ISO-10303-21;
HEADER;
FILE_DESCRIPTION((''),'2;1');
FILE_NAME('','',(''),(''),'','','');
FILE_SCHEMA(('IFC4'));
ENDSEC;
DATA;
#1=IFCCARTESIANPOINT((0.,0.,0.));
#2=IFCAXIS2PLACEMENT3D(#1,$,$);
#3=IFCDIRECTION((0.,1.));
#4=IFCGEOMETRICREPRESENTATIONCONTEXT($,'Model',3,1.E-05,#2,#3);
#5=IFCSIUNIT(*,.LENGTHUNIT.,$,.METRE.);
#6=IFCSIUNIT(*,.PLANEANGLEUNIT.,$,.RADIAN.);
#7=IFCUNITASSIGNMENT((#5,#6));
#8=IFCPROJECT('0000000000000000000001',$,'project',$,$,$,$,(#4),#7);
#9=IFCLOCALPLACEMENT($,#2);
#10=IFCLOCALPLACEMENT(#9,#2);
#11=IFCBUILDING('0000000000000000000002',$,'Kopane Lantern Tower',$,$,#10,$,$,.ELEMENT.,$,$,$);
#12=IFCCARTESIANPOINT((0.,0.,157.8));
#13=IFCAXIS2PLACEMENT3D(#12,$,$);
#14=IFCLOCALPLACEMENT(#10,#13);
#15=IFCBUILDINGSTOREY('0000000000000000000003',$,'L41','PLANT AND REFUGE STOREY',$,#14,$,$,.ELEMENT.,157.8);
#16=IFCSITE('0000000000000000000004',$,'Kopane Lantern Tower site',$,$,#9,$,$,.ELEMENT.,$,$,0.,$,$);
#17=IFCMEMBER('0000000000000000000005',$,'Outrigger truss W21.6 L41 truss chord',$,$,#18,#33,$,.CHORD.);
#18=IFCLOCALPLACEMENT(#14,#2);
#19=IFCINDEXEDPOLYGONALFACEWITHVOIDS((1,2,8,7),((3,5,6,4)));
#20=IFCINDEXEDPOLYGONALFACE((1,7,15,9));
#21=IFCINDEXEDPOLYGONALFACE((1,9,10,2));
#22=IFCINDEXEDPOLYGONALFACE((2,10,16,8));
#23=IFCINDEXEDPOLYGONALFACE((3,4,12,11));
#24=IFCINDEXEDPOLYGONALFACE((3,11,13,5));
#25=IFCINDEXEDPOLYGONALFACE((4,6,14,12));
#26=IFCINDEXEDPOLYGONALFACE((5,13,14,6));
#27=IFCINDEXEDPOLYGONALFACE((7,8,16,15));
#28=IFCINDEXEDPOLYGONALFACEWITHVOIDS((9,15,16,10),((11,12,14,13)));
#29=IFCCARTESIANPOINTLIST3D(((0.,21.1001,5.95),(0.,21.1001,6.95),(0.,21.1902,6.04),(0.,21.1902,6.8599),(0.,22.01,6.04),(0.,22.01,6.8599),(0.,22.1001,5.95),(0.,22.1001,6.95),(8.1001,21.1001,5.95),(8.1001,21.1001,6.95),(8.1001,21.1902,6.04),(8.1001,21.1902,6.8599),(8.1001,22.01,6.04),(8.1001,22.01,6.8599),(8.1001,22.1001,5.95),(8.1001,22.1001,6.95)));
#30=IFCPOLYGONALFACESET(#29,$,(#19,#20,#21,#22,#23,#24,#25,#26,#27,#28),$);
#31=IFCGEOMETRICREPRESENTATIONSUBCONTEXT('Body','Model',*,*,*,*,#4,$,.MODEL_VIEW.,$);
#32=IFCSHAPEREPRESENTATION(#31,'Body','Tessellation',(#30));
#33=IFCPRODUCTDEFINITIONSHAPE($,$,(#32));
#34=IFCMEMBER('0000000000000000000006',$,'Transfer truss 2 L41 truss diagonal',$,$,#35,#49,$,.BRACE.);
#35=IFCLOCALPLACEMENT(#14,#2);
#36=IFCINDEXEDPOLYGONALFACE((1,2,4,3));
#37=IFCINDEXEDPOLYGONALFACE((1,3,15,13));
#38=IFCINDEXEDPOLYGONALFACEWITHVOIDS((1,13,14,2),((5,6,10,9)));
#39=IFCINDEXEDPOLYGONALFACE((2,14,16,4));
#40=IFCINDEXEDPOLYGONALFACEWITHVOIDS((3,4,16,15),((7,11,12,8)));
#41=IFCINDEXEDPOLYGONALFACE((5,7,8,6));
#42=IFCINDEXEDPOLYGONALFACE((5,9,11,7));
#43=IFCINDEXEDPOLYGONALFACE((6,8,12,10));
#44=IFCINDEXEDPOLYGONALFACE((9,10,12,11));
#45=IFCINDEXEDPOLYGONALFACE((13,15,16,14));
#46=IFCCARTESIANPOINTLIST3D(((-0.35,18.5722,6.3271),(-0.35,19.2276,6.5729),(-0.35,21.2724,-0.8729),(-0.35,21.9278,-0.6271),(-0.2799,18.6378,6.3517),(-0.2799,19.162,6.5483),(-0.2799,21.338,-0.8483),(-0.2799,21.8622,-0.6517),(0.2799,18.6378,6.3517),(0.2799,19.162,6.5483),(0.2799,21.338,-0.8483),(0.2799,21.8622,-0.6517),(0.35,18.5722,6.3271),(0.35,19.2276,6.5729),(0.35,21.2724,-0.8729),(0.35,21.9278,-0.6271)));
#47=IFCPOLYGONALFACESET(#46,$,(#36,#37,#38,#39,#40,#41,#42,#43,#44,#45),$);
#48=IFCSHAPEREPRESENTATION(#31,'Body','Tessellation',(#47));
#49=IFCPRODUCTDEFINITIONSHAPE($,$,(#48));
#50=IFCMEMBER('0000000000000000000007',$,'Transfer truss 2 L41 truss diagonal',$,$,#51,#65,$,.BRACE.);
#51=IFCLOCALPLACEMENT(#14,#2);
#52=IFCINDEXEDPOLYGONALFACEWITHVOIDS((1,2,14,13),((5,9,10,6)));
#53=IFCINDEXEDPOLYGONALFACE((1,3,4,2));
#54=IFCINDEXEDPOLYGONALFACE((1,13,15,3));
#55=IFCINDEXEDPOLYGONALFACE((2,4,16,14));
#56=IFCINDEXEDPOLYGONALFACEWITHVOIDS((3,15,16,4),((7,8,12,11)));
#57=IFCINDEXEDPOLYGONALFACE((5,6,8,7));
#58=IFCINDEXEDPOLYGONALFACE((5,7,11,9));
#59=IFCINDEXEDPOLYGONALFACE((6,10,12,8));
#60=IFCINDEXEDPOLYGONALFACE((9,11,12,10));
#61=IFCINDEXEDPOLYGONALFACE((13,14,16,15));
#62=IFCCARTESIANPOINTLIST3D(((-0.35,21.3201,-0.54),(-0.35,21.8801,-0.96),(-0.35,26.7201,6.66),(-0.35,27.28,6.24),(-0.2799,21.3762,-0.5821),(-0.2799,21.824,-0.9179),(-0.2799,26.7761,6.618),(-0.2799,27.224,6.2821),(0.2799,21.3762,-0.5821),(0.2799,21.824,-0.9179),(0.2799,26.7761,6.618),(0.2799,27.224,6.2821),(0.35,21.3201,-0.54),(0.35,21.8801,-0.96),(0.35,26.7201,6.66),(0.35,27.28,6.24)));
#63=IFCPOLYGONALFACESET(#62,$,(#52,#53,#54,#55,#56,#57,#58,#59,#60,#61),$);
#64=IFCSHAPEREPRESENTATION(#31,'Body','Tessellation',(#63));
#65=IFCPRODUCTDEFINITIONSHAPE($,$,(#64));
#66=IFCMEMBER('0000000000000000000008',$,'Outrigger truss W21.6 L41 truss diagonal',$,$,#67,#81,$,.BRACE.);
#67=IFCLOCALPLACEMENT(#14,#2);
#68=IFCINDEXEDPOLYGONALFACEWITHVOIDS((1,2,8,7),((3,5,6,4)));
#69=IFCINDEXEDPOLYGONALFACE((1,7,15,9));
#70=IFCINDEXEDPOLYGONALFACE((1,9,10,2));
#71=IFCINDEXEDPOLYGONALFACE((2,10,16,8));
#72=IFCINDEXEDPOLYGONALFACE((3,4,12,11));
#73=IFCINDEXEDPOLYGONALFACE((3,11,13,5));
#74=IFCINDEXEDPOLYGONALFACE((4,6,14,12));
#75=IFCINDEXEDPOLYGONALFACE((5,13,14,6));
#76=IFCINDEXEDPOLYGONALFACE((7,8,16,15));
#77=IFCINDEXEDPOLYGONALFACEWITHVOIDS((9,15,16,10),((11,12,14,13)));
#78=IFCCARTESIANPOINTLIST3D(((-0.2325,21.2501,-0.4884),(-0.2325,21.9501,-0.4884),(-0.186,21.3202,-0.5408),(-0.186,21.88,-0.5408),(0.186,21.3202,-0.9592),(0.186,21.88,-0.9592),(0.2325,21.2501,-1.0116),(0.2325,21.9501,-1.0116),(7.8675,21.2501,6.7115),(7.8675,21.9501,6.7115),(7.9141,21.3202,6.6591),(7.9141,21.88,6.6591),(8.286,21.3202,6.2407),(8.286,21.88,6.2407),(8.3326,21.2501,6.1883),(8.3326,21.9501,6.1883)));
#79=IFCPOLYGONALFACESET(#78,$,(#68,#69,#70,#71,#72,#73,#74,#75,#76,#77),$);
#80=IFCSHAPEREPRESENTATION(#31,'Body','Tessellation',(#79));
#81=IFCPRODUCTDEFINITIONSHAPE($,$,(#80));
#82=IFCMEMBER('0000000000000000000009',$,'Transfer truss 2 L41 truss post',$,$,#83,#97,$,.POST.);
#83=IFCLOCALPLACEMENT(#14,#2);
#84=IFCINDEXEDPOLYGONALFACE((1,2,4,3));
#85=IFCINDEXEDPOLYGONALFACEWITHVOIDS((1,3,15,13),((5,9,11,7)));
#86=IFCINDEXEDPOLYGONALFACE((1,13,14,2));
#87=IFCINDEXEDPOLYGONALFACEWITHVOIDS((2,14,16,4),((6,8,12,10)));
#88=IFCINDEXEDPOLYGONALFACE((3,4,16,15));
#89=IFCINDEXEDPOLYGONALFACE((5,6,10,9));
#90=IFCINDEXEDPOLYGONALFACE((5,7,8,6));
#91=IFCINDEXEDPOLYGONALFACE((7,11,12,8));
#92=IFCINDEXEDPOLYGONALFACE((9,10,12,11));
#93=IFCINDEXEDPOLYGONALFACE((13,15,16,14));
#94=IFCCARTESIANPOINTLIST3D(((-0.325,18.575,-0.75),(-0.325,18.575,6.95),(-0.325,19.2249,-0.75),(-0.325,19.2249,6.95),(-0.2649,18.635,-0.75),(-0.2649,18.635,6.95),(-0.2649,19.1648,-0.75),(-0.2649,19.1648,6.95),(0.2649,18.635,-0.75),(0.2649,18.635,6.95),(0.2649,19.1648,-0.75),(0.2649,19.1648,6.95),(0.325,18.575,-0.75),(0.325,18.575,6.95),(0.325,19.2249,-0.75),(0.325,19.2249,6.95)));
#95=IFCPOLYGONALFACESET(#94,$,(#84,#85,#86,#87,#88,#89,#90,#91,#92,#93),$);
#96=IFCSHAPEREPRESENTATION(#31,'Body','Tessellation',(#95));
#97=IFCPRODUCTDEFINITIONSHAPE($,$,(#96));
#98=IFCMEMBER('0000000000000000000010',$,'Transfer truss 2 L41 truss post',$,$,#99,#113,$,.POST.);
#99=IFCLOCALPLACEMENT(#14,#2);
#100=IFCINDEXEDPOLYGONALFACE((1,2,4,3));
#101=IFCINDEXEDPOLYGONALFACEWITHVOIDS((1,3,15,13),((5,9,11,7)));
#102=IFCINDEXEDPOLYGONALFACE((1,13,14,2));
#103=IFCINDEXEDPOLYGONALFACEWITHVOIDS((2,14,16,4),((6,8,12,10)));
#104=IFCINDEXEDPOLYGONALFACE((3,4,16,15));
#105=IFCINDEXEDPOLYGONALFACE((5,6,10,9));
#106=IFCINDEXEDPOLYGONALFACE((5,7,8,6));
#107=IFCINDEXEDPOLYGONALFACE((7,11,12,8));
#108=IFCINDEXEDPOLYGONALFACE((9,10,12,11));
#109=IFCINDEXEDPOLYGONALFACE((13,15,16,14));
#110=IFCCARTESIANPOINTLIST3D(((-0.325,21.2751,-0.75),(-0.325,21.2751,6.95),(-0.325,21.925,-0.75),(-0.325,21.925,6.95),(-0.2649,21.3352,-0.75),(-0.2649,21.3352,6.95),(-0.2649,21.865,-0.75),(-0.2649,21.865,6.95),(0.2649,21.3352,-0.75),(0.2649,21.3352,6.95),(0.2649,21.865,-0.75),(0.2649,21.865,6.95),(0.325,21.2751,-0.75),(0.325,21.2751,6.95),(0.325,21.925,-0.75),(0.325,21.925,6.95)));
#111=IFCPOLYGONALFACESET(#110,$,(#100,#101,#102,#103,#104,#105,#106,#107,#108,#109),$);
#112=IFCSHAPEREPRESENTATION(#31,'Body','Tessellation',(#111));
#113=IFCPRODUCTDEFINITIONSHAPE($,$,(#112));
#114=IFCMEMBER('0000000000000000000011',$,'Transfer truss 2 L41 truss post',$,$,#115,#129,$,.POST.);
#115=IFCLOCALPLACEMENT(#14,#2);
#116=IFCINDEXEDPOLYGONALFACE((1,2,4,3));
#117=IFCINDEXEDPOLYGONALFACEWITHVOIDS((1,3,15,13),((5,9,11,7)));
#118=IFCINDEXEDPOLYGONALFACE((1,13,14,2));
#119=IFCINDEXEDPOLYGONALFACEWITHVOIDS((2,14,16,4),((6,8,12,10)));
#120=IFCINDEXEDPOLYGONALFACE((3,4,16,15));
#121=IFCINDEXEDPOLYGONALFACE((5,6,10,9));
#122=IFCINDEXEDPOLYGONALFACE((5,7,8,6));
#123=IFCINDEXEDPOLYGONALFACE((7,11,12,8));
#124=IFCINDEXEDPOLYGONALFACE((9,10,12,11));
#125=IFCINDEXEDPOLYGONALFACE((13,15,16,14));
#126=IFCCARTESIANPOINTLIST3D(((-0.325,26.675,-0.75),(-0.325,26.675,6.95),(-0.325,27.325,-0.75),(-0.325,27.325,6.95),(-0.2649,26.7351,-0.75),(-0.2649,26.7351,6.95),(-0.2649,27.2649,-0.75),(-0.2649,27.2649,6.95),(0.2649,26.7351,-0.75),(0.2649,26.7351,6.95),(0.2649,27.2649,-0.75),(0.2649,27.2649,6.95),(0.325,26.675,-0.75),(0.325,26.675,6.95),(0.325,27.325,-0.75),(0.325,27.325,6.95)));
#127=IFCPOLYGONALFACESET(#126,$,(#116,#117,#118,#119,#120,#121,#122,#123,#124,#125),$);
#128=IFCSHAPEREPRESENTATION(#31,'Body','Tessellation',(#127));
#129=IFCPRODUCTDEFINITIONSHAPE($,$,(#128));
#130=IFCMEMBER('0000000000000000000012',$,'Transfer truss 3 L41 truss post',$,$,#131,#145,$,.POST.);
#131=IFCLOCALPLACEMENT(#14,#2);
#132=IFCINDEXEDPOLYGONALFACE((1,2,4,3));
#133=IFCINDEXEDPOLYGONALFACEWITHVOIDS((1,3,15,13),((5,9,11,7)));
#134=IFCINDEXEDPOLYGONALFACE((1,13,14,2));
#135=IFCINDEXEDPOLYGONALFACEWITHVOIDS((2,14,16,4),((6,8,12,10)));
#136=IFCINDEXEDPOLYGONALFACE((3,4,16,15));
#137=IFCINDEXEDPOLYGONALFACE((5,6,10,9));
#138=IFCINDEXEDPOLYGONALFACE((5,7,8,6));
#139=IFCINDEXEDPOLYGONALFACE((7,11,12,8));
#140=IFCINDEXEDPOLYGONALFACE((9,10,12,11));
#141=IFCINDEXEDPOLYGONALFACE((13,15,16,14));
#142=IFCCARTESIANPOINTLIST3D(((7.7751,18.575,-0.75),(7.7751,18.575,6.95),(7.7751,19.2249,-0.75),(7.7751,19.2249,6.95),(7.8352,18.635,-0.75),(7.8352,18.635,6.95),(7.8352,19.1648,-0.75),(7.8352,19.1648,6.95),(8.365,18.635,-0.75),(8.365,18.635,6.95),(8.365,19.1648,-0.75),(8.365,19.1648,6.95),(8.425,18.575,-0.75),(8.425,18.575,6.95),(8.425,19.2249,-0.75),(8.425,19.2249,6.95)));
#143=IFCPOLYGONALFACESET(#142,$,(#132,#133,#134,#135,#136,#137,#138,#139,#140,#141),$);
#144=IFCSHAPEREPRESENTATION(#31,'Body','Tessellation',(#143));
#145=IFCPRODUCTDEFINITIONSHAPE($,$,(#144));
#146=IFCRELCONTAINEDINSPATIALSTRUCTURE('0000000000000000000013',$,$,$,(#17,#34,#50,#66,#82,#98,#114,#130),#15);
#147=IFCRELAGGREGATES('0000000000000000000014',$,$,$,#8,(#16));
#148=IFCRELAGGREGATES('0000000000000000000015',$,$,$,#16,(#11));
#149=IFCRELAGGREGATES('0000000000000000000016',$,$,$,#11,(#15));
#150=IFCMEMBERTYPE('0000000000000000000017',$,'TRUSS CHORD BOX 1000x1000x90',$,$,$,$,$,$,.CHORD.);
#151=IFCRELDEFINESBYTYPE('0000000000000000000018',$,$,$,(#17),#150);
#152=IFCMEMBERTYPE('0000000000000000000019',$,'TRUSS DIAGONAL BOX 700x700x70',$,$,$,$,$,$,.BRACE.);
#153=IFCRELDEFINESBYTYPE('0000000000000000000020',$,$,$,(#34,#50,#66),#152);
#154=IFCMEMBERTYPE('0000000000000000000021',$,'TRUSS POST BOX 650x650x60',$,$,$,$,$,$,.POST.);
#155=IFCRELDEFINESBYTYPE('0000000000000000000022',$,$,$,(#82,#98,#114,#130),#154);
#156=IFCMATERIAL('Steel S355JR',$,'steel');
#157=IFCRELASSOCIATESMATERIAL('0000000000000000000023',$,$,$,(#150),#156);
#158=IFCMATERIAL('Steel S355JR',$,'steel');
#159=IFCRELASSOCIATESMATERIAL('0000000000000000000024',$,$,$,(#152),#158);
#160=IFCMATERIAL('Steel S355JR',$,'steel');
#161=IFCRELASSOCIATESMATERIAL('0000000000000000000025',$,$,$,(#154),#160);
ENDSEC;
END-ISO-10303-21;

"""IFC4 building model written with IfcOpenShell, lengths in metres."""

from ifc_helpers import new_model, si_unit, direction, frame, origin, origin_2d, place, context, subcontext, project, spatial, hollow_rectangle, extrude, material, material_profile, profile_set, type_object, element, save


model = new_model("IFC4")

# Units and contexts
model_context = context("Model", 3, precision=1e-05, world=origin(), true_north=direction((0.0, 1.0)))
body_context = subcontext(model_context, "Body", "Model", "MODEL_VIEW")
ifc_project = project(units=[si_unit("LENGTHUNIT", "METRE"), si_unit("PLANEANGLEUNIT", "RADIAN")], contexts=[model_context])

# Site, building, storey
site_placement = place(None, origin())
site = spatial("IfcSite", under=ifc_project, at=site_placement, Name="Kopane Lantern Tower site", CompositionType="ELEMENT", RefElevation=0.0)
building_placement = place(site_placement, origin())
building = spatial("IfcBuilding", under=site, at=building_placement, Name="Kopane Lantern Tower", CompositionType="ELEMENT")
storey_placement = place(building_placement, frame((0.0, 0.0, 157.8)))
storey = spatial("IfcBuildingStorey", under=building, at=storey_placement, Name="L41", Description="PLANT AND REFUGE STOREY", CompositionType="ELEMENT", Elevation=157.8)

# Members
ifc_material_1 = material(Name="Steel S355JR", Category="steel")
ifc_material_profile_1 = material_profile(ifc_material_1, hollow_rectangle(XDim=1.0, YDim=1.0, WallThickness=0.0901, at=origin_2d()), Name="BOX 1000x1000x90")
ifc_profile_set_1 = profile_set([ifc_material_profile_1], Name="Steel S355JR")
member_type_1 = type_object("IfcMemberType", Name="TRUSS CHORD BOX 1000x1000x90", PredefinedType="CHORD", material=ifc_profile_set_1)
for number, where, z_axis, x_axis, name in (
    (1, (0.0, 21.6001, 6.45), (1.0, 0.0, 0.0), (0.0, 1.0, 0.0), "Outrigger truss W21.6 L41 truss chord"),
):
    element("IfcMember", number, at=place(storey_placement, frame(where, z_axis=z_axis, x_axis=x_axis)), inside=storey, type_object=member_type_1, Name=name, PredefinedType="CHORD", context=body_context, shape_type="SweptSolid", body=[
        extrude(hollow_rectangle(XDim=1.0, YDim=1.0, WallThickness=0.0901, at=origin_2d()), origin(), (0.0, 0.0, 1.0), 8.1001),
    ])
ifc_material_2 = material(Name="Steel S355JR", Category="steel")
ifc_material_profile_2 = material_profile(ifc_material_2, hollow_rectangle(XDim=0.7, YDim=0.7, WallThickness=0.0701, at=origin_2d()), Name="BOX 700x700x70")
ifc_profile_set_2 = profile_set([ifc_material_profile_2], Name="Steel S355JR")
member_type_2 = type_object("IfcMemberType", Name="TRUSS DIAGONAL BOX 700x700x70", PredefinedType="BRACE", material=ifc_profile_set_2)
member_1_placement = place(storey_placement, frame((0.0, 21.6001, -0.75), z_axis=(0.0, -0.351148, 0.93632), x_axis=(1.0, 0.0, 0.0)))
element("IfcMember", 2, at=member_1_placement, inside=storey, type_object=member_type_2, Name="Transfer truss 2 L41 truss diagonal", PredefinedType="BRACE", context=body_context, shape_type="SweptSolid", body=[
    extrude(hollow_rectangle(XDim=0.7, YDim=0.7, WallThickness=0.0701, at=origin_2d()), origin(), (0.0, 0.0, 1.0), 7.6897),
])
member_2_placement = place(storey_placement, frame((0.0, 21.6001, -0.75), z_axis=(0.0, 0.599996, 0.800003), x_axis=(-1.0, 0.0, 0.0)))
element("IfcMember", 3, at=member_2_placement, inside=storey, type_object=member_type_2, Name="Transfer truss 2 L41 truss diagonal", PredefinedType="BRACE", context=body_context, shape_type="SweptSolid", body=[
    extrude(hollow_rectangle(XDim=0.7, YDim=0.7, WallThickness=0.0701, at=origin_2d()), origin(), (0.0, 0.0, 1.0), 9.0),
])
member_3_placement = place(storey_placement, frame((0.0, 21.6001, -0.75), z_axis=(0.747416, 0.0, 0.664357), x_axis=(0.0, 1.0, 0.0)))
element("IfcMember", 4, at=member_3_placement, inside=storey, type_object=member_type_2, Name="Outrigger truss W21.6 L41 truss diagonal", PredefinedType="BRACE", context=body_context, shape_type="SweptSolid", body=[
    extrude(hollow_rectangle(XDim=0.7, YDim=0.7, WallThickness=0.0701, at=origin_2d()), origin(), (0.0, 0.0, 1.0), 10.8374),
])
ifc_material_3 = material(Name="Steel S355JR", Category="steel")
ifc_material_profile_3 = material_profile(ifc_material_3, hollow_rectangle(XDim=0.6499, YDim=0.6499, WallThickness=0.0601, at=origin_2d()), Name="BOX 650x650x60")
ifc_profile_set_3 = profile_set([ifc_material_profile_3], Name="Steel S355JR")
member_type_3 = type_object("IfcMemberType", Name="TRUSS POST BOX 650x650x60", PredefinedType="POST", material=ifc_profile_set_3)
for number, where, z_axis, x_axis, name in (
    (5, (0.0, 18.8999, -0.75), (0.0, 0.0, 1.0), (1.0, 0.0, 0.0), "Transfer truss 2 L41 truss post"),
    (6, (0.0, 21.6001, -0.75), (0.0, 0.0, 1.0), (1.0, 0.0, 0.0), "Transfer truss 2 L41 truss post"),
    (7, (0.0, 27.0, -0.75), (0.0, 0.0, 1.0), (1.0, 0.0, 0.0), "Transfer truss 2 L41 truss post"),
    (8, (8.1001, 18.8999, -0.75), (0.0, 0.0, 1.0), (1.0, 0.0, 0.0), "Transfer truss 3 L41 truss post"),
):
    element("IfcMember", number, at=place(storey_placement, frame(where, z_axis=z_axis, x_axis=x_axis)), inside=storey, type_object=member_type_3, Name=name, PredefinedType="POST", context=body_context, shape_type="SweptSolid", body=[
        extrude(hollow_rectangle(XDim=0.6499, YDim=0.6499, WallThickness=0.0601, at=origin_2d()), origin(), (0.0, 0.0, 1.0), 7.7),
    ])

save(model, "model.ifc")
